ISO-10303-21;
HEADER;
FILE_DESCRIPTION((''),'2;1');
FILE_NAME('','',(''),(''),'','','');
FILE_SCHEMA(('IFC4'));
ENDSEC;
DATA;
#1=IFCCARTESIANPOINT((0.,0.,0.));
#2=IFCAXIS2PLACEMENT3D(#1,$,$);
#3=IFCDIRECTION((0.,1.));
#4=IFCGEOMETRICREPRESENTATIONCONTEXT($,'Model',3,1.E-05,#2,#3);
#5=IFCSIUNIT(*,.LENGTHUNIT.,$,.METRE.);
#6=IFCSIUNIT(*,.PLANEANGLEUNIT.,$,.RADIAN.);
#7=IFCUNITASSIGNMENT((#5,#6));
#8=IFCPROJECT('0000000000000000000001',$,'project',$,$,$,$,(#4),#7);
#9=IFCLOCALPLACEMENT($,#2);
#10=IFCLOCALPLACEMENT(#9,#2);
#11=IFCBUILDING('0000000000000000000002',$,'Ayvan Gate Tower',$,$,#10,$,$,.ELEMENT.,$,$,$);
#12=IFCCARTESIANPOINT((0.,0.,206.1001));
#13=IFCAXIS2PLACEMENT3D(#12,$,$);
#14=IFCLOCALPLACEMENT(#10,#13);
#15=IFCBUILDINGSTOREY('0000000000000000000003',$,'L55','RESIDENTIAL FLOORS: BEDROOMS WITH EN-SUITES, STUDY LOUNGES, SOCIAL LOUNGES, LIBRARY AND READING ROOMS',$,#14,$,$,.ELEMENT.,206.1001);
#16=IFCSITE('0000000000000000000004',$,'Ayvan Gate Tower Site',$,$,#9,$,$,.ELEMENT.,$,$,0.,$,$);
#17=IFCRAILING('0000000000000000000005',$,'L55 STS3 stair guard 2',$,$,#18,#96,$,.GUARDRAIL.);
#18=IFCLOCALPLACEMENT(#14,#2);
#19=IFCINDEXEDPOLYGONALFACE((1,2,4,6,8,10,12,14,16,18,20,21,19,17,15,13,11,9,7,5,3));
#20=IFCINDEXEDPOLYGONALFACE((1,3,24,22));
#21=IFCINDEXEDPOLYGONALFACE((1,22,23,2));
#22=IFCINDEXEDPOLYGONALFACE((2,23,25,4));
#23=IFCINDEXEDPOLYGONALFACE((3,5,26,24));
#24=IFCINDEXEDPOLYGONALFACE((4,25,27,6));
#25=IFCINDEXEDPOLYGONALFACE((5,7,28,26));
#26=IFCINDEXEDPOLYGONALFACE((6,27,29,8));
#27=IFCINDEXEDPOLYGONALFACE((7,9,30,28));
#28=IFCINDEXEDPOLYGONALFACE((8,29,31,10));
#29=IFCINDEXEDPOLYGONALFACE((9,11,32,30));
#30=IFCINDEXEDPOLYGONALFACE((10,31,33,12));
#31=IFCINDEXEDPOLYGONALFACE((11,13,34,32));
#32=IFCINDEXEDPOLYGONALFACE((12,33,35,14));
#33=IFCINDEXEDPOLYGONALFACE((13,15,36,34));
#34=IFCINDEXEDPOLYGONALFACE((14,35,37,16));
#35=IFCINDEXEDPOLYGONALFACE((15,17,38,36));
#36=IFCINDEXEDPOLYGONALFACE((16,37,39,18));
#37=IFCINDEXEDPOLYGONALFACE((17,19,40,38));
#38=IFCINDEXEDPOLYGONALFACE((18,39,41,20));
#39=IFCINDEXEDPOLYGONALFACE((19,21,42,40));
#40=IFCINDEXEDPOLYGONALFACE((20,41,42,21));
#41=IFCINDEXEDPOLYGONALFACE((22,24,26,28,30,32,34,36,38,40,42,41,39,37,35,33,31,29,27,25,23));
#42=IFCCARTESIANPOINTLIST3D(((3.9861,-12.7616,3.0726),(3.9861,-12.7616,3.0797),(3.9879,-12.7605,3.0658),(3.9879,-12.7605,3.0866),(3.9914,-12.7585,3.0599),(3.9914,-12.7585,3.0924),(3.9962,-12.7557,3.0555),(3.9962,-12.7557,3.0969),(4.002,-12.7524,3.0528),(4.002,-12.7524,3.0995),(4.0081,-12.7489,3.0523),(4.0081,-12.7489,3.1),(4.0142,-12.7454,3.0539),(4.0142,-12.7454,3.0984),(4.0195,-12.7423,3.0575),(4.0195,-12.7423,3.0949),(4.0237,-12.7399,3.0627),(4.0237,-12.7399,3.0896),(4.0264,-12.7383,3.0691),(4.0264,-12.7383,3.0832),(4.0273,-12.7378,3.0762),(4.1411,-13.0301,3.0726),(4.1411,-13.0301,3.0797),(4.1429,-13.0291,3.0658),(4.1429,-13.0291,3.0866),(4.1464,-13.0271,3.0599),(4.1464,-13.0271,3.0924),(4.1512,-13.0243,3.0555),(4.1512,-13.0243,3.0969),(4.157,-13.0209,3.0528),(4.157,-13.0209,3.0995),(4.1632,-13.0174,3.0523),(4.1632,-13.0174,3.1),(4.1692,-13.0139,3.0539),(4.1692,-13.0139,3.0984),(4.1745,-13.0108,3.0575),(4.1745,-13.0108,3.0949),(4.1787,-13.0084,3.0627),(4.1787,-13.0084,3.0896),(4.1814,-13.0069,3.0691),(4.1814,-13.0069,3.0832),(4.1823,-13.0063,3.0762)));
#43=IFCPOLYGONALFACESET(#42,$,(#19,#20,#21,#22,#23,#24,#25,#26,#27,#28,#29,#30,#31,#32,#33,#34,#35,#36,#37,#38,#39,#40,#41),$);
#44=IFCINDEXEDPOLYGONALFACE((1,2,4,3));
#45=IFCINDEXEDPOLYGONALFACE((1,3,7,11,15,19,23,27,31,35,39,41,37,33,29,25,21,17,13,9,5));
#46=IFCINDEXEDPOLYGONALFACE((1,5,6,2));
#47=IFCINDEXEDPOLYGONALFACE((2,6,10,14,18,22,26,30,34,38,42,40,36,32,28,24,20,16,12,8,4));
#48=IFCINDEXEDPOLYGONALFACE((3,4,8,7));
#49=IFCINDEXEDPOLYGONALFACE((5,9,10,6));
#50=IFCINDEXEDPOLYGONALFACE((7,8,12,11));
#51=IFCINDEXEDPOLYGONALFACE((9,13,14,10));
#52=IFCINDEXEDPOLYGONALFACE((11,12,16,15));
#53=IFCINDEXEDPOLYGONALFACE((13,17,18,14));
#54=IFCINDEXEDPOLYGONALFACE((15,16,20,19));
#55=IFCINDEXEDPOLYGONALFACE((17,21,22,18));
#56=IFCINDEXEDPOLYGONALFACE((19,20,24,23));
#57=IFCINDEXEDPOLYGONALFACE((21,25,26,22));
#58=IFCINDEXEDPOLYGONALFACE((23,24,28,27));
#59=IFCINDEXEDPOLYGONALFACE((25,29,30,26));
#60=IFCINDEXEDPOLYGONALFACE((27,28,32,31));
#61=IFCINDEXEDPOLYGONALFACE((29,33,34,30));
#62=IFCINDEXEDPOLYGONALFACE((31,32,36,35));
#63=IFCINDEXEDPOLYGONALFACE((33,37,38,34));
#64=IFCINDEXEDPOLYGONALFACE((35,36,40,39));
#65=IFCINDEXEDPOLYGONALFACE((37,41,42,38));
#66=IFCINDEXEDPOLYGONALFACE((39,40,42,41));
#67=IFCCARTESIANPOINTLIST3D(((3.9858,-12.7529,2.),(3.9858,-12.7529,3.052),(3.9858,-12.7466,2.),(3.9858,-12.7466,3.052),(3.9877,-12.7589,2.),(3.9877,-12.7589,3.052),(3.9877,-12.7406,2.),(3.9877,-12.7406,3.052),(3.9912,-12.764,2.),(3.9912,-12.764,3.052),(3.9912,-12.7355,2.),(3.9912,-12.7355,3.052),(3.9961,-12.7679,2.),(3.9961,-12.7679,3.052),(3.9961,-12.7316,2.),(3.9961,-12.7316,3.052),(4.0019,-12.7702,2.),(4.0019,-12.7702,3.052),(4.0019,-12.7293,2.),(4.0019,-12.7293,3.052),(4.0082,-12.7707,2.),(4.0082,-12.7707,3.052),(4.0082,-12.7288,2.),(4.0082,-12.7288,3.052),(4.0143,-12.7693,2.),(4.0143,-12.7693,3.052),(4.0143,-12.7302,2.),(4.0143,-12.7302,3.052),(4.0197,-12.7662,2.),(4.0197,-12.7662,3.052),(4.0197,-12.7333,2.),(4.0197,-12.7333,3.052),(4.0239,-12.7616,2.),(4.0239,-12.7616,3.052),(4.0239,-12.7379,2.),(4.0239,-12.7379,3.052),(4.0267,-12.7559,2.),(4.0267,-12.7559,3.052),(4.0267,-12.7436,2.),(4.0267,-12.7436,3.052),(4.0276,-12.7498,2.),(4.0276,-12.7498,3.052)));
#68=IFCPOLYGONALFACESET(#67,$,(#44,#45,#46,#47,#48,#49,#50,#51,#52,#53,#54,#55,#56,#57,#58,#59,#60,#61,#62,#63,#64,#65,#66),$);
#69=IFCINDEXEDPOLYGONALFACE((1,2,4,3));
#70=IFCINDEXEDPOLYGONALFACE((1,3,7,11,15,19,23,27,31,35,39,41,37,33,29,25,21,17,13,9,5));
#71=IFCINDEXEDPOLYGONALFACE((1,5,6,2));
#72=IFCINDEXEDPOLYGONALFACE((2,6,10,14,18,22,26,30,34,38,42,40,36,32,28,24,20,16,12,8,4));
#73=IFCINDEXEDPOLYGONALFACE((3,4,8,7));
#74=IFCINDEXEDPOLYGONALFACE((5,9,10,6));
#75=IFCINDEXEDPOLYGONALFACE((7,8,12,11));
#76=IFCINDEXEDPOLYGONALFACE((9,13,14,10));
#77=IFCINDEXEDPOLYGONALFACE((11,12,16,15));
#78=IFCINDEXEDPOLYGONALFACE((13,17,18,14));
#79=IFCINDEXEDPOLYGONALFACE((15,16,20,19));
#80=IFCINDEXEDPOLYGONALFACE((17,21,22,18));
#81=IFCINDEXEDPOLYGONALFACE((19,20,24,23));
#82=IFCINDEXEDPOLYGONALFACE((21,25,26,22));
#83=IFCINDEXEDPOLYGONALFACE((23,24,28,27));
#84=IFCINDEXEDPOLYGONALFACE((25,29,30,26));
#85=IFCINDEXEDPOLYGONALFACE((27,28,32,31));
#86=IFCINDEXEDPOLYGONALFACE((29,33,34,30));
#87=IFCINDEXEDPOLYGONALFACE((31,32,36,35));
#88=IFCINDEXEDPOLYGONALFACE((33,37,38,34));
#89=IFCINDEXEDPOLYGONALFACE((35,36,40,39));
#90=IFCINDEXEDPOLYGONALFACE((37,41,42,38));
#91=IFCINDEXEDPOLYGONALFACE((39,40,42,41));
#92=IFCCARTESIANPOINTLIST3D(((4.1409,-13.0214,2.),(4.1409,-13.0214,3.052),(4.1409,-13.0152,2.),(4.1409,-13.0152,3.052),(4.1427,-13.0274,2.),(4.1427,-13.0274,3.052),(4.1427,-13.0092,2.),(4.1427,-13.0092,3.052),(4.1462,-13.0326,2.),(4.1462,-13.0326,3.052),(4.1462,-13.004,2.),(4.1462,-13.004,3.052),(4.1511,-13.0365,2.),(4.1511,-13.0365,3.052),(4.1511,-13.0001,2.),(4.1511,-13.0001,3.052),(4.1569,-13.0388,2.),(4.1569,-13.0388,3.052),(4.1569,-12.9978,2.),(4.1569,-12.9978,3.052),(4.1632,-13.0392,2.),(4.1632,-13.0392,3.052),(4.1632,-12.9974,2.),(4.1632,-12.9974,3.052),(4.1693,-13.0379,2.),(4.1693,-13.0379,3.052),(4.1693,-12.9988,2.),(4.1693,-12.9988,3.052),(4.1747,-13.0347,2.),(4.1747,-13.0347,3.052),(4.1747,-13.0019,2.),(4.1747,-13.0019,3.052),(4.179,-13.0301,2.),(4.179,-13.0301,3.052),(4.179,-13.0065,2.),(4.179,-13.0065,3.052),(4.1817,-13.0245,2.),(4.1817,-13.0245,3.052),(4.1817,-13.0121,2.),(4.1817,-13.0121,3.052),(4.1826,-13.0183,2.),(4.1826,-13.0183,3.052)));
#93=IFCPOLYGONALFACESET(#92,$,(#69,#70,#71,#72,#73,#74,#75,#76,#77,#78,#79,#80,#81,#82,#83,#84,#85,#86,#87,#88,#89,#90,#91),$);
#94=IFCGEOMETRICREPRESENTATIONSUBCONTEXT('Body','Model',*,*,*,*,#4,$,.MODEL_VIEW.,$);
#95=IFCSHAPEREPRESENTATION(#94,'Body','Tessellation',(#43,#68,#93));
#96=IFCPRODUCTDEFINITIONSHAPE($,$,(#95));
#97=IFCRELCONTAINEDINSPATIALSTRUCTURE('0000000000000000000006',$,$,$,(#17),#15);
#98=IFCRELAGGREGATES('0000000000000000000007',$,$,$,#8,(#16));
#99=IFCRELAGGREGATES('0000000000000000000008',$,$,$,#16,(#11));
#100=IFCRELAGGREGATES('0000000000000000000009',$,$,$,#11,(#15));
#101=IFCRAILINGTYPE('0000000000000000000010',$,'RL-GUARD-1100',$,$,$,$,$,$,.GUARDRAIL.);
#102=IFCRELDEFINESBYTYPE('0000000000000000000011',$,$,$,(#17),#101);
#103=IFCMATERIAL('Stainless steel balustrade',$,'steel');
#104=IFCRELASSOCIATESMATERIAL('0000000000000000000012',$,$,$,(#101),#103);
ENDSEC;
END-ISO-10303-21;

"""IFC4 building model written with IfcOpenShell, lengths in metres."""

from ifc_helpers import new_model, si_unit, direction, frame, origin, origin_2d, place, context, subcontext, project, spatial, circle, extrude, material, type_object, element, save


model = new_model("IFC4")

# Units and contexts
model_context = context("Model", 3, precision=1e-05, world=origin(), true_north=direction((0.0, 1.0)))
body_context = subcontext(model_context, "Body", "Model", "MODEL_VIEW")
ifc_project = project(units=[si_unit("LENGTHUNIT", "METRE"), si_unit("PLANEANGLEUNIT", "RADIAN")], contexts=[model_context])

# Site, building, storey
site_placement = place(None, origin())
site = spatial("IfcSite", under=ifc_project, at=site_placement, Name="Ayvan Gate Tower Site", CompositionType="ELEMENT", RefElevation=0.0)
building_placement = place(site_placement, origin())
building = spatial("IfcBuilding", under=site, at=building_placement, Name="Ayvan Gate Tower", CompositionType="ELEMENT")
storey_placement = place(building_placement, frame((0.0, 0.0, 206.1001)))
storey = spatial("IfcBuildingStorey", under=building, at=storey_placement, Name="L55", Description="RESIDENTIAL FLOORS: BEDROOMS WITH EN-SUITES, STUDY LOUNGES, SOCIAL LOUNGES, LIBRARY AND READING ROOMS", CompositionType="ELEMENT", Elevation=206.1001)

# Railing
ifc_material_1 = material(Name="Stainless steel balustrade", Category="steel")
railing_type_1 = type_object("IfcRailingType", Name="RL-GUARD-1100", PredefinedType="GUARDRAIL", material=ifc_material_1)
railing_1_placement = place(storey_placement, frame((4.0066, -12.7498, 2.0)))
element("IfcRailing", 1, at=railing_1_placement, inside=storey, type_object=railing_type_1, Name="L55 STS3 stair guard 2", PredefinedType="GUARDRAIL", context=body_context, shape_type="SweptSolid", body=[
    extrude(circle(Radius=0.0239, at=origin_2d()), frame((0.0, 0.0, 1.0762), z_axis=(0.49995, -0.866054, 0.0), x_axis=(0.866054, 0.49995, 0.0)), (0.0, 0.0, 1.0), 0.3101),
    extrude(circle(Radius=0.021, at=origin_2d()), origin(), (0.0, 0.0, 1.0), 1.052),
    extrude(circle(Radius=0.021, at=origin_2d()), frame((0.155, -0.2686, 0.0)), (0.0, 0.0, 1.0), 1.052),
])

save(model, "model.ifc")
